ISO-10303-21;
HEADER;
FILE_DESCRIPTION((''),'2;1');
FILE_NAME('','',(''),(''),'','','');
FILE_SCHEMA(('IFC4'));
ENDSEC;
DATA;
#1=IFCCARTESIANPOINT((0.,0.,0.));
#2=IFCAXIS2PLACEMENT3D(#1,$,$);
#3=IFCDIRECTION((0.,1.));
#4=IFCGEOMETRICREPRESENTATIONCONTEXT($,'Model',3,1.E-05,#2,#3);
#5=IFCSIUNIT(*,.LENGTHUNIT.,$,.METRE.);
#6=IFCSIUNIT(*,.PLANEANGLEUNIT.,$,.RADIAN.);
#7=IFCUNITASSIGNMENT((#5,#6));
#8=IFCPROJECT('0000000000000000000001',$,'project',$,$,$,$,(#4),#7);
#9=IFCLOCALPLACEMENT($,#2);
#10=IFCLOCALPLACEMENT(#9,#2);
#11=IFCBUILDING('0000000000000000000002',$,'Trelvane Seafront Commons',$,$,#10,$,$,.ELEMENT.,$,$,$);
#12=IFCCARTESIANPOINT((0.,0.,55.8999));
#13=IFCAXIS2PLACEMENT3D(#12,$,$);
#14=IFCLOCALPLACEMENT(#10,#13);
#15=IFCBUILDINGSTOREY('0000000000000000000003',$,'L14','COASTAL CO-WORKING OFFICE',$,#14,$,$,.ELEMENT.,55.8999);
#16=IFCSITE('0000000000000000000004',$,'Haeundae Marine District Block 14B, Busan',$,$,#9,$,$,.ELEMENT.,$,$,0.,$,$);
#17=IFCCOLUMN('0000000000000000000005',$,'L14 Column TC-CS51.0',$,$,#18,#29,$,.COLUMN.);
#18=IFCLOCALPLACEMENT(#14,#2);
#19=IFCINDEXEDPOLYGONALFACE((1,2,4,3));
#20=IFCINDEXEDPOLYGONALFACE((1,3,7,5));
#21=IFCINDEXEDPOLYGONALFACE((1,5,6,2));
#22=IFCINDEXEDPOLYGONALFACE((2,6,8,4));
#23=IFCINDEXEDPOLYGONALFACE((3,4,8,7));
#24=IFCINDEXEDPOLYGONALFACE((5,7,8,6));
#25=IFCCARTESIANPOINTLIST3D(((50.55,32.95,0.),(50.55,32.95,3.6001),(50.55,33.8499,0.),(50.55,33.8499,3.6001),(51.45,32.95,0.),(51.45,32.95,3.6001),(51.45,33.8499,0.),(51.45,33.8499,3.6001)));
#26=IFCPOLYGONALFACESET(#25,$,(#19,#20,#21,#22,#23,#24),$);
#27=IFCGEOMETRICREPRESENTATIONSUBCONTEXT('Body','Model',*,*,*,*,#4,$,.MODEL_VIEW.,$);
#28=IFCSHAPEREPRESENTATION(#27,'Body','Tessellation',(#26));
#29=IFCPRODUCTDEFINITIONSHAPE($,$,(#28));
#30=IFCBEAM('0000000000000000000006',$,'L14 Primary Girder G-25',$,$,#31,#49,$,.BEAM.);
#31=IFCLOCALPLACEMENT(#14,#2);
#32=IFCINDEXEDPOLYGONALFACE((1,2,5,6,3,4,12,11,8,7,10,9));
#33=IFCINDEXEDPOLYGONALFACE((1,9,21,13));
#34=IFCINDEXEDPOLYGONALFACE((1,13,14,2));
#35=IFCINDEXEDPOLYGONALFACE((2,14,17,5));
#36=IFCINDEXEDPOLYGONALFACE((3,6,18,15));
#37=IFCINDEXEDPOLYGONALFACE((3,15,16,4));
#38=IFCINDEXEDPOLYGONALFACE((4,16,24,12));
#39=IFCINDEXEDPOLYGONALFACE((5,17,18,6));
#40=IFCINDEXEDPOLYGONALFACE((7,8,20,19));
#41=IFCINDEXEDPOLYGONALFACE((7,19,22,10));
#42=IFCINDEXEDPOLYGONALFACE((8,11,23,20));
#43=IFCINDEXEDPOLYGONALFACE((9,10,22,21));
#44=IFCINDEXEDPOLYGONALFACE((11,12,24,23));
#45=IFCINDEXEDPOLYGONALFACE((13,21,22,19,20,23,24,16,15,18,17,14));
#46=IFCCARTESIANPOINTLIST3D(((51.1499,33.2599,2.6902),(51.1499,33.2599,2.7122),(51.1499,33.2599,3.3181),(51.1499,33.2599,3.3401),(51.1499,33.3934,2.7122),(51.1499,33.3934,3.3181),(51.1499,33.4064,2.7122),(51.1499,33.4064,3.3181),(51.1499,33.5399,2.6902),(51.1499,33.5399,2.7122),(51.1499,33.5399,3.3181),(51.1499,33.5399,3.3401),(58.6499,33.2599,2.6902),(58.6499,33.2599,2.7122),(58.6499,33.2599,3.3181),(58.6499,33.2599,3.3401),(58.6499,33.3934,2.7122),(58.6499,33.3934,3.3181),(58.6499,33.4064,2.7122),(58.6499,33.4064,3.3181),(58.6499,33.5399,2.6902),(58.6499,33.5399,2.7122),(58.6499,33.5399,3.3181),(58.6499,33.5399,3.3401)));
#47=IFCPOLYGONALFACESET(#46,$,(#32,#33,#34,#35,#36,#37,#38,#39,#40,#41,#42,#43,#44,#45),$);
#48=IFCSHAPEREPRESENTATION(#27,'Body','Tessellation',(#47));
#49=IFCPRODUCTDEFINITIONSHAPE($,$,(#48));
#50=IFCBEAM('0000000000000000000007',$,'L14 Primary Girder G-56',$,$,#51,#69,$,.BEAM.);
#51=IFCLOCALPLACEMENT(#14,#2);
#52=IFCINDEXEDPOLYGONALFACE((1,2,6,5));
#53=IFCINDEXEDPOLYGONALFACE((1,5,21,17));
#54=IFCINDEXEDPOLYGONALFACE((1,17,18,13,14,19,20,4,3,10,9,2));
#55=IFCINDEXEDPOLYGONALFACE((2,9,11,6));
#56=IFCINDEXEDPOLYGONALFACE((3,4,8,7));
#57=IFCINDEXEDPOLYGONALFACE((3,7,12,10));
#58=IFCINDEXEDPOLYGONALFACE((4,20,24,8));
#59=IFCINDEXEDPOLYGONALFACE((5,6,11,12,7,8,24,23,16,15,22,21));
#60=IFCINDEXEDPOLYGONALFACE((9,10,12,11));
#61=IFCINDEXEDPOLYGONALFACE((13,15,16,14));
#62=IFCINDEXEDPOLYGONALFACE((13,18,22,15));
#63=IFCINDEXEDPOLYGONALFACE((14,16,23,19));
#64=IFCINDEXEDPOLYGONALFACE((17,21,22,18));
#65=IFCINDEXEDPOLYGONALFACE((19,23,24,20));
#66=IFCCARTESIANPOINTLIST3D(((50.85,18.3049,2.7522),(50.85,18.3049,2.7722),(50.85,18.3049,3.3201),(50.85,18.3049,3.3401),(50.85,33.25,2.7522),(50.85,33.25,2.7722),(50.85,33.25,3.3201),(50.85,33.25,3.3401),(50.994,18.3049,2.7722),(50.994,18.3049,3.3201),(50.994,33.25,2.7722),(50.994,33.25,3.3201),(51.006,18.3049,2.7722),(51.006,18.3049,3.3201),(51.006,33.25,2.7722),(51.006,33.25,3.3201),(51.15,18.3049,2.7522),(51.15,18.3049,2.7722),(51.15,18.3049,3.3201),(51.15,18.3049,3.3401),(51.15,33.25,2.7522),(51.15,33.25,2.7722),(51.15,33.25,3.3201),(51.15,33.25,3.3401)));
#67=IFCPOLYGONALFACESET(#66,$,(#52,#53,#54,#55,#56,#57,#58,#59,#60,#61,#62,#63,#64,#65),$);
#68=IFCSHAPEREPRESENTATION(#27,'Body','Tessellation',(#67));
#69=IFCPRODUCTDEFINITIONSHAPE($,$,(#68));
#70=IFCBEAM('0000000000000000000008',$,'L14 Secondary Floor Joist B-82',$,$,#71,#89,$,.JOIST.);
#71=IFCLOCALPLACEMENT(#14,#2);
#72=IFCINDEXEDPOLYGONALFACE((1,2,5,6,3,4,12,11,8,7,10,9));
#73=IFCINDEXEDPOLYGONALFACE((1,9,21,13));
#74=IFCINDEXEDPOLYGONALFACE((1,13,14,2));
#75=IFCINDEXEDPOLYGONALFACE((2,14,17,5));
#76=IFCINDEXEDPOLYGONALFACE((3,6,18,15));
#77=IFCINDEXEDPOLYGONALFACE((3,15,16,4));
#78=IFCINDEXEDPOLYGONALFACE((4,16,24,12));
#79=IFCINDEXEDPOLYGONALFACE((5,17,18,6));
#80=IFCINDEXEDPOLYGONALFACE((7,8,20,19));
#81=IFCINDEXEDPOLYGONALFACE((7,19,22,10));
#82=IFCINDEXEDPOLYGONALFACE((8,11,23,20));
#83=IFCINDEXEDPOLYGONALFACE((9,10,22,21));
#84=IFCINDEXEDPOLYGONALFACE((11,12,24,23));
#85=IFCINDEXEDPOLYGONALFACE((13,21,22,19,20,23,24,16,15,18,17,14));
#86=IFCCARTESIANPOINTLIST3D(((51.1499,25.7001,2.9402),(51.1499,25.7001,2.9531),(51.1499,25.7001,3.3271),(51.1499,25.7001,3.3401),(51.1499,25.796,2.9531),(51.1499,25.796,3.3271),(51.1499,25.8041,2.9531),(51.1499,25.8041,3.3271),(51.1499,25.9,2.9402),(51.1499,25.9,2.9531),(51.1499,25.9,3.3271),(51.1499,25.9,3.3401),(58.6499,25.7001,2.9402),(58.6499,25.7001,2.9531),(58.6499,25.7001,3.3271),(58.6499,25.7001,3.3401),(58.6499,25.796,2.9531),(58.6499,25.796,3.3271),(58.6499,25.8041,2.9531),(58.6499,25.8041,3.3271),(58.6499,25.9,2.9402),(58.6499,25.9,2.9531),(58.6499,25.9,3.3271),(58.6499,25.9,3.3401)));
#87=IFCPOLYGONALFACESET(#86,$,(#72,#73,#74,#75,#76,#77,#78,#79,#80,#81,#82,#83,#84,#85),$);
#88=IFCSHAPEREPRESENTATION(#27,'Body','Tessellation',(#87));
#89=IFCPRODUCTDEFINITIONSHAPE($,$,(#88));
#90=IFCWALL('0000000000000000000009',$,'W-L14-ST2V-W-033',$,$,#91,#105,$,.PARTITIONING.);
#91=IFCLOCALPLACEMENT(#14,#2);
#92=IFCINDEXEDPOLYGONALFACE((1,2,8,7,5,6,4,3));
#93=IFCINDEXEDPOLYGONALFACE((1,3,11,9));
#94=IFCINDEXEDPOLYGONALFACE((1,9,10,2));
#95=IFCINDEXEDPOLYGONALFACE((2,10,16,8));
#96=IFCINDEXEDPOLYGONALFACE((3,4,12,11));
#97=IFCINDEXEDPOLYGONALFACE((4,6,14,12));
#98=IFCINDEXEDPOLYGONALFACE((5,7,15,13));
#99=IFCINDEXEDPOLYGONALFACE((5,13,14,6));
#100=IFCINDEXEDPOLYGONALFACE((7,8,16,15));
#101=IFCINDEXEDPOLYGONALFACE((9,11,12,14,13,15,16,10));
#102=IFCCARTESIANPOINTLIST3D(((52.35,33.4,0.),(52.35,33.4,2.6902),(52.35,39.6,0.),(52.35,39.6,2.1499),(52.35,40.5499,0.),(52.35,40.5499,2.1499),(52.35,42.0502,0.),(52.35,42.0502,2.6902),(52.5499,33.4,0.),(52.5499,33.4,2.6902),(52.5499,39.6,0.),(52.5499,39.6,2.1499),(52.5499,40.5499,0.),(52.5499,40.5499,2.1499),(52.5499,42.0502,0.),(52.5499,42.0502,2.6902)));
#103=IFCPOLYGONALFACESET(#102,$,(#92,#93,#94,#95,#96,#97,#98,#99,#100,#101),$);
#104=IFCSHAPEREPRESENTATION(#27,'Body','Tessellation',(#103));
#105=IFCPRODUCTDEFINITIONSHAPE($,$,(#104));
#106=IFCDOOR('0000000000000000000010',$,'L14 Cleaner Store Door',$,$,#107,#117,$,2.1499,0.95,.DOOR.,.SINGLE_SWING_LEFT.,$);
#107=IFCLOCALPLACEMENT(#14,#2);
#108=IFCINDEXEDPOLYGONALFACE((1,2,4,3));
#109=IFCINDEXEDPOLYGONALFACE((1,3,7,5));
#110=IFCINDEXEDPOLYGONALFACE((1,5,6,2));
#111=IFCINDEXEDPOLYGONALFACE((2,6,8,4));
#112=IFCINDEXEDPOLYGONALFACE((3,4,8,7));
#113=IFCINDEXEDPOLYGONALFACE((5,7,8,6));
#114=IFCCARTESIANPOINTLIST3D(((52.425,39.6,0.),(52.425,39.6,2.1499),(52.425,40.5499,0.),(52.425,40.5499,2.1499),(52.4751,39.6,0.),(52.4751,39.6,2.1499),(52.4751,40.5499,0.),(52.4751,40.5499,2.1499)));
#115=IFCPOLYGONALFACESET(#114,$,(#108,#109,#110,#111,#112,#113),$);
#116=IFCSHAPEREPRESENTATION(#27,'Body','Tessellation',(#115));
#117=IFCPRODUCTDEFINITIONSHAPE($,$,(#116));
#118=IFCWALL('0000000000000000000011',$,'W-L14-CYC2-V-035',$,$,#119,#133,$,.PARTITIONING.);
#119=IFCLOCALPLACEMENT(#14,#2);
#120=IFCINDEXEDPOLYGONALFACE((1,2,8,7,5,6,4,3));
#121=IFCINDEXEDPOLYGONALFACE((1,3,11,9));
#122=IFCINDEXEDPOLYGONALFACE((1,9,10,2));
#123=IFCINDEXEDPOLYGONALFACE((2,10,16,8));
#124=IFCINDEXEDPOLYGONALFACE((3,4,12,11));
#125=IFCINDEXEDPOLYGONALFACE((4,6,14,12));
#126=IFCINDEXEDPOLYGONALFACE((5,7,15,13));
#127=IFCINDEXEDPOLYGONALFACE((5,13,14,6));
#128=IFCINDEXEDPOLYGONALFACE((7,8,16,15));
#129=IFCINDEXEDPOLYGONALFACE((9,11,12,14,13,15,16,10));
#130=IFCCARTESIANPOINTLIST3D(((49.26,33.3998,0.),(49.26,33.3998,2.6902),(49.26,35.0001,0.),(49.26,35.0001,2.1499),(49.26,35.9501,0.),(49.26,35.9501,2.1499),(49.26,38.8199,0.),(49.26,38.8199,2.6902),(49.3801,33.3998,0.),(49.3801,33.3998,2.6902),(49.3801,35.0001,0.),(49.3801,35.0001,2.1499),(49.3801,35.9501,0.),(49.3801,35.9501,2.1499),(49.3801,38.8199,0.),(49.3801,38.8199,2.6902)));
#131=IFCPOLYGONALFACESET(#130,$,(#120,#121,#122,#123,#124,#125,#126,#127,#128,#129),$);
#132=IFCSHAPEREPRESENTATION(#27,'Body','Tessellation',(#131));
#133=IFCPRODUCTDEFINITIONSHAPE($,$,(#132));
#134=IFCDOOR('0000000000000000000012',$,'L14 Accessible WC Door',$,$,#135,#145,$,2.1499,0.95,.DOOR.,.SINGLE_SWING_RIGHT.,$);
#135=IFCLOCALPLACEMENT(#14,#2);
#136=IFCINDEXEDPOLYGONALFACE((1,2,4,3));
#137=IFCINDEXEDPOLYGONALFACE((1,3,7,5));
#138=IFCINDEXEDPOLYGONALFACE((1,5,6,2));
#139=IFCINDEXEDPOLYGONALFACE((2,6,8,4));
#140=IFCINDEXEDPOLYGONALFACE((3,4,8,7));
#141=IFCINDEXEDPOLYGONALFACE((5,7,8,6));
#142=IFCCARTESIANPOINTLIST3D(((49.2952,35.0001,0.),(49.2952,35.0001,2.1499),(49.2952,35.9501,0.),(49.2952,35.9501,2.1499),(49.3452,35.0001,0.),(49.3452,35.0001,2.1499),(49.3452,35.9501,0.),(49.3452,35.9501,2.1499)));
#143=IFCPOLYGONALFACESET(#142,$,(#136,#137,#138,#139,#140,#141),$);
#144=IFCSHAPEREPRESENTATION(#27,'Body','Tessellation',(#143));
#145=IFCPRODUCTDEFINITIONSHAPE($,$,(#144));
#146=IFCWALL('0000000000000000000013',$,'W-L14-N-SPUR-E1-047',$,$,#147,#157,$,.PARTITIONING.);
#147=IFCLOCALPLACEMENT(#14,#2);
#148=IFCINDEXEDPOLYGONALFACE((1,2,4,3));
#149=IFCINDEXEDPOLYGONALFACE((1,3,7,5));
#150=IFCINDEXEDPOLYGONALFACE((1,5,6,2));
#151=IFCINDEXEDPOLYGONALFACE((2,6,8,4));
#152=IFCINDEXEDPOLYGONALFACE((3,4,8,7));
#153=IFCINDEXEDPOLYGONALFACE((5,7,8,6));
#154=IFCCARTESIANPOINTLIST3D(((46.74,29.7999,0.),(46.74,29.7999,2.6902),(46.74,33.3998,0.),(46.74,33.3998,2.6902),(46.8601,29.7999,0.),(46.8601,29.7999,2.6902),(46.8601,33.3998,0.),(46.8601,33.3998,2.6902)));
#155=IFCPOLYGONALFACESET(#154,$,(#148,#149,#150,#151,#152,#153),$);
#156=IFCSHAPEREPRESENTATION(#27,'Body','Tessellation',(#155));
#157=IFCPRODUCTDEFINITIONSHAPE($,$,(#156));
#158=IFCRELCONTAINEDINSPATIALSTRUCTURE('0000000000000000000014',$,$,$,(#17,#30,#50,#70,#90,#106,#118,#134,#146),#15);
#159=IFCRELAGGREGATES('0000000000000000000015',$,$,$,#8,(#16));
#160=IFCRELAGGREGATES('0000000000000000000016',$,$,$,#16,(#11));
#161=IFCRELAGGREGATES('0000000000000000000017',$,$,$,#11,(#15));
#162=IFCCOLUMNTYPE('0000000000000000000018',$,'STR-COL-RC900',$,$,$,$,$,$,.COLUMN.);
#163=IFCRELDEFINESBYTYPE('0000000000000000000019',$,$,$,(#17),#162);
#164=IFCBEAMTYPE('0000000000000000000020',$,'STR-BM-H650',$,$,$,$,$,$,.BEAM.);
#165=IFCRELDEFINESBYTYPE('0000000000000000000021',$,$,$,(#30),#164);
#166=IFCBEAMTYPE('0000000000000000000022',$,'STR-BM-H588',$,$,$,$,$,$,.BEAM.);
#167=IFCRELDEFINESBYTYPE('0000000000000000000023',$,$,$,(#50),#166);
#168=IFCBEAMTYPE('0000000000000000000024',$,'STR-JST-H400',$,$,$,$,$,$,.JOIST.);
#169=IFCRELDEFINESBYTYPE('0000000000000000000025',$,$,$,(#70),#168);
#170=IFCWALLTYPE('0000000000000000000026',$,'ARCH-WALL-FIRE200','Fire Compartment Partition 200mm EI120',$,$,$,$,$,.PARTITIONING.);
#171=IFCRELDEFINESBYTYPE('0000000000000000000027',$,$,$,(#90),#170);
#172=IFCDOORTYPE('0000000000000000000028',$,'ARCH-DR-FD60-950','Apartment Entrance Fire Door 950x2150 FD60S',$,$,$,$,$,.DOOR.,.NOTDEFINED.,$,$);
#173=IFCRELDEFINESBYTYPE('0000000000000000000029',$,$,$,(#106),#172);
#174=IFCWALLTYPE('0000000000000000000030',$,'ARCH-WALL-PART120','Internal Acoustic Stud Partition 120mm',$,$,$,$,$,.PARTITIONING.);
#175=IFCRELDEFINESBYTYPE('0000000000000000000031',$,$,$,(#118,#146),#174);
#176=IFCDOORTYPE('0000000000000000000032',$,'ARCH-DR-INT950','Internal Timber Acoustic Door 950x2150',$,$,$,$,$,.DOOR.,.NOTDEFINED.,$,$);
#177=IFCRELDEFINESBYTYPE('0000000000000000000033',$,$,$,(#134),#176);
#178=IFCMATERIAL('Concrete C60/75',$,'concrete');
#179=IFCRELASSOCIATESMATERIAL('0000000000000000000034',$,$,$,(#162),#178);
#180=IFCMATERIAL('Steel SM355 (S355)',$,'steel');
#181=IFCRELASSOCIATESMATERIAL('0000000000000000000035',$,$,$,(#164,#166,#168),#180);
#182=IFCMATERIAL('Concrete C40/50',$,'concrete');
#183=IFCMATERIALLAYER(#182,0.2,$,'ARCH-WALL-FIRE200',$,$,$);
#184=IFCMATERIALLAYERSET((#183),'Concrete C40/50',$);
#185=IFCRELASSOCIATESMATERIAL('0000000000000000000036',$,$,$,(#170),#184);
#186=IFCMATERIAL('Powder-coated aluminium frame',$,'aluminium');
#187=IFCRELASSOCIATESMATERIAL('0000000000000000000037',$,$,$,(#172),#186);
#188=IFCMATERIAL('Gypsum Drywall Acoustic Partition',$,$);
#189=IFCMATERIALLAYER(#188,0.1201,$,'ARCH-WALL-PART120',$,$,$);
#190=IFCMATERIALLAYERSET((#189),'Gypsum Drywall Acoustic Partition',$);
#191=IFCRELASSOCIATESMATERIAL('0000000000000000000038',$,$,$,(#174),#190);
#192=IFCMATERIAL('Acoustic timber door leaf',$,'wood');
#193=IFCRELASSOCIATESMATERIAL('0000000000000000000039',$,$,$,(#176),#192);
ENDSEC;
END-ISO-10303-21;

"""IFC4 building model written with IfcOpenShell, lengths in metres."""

from ifc_helpers import new_model, si_unit, direction, frame, frame_2d, origin, origin_2d, place, context, subcontext, project, spatial, rectangle, i_section, extrude, source, transform, mapped, material, layer, layer_set, material_profile, profile_set, type_object, element, fill, save


model = new_model("IFC4")

# Units and contexts
model_context = context("Model", 3, precision=1e-05, world=origin(), true_north=direction((0.0, 1.0)))
body_context = subcontext(model_context, "Body", "Model", "MODEL_VIEW")
ifc_project = project(units=[si_unit("LENGTHUNIT", "METRE"), si_unit("PLANEANGLEUNIT", "RADIAN")], contexts=[model_context])

# Site, building, storey
site_placement = place(None, origin())
site = spatial("IfcSite", under=ifc_project, at=site_placement, Name="Haeundae Marine District Block 14B, Busan", CompositionType="ELEMENT", RefElevation=0.0)
building_placement = place(site_placement, origin())
building = spatial("IfcBuilding", under=site, at=building_placement, Name="Trelvane Seafront Commons", CompositionType="ELEMENT")
storey_placement = place(building_placement, frame((0.0, 0.0, 55.8999)))
storey = spatial("IfcBuildingStorey", under=building, at=storey_placement, Name="L14", Description="COASTAL CO-WORKING OFFICE", CompositionType="ELEMENT", Elevation=55.8999)

# Column
ifc_material_1 = material(Name="Concrete C60/75", Category="concrete")
ifc_material_profile_1 = material_profile(ifc_material_1, rectangle(XDim=0.8999, YDim=0.8999, at=origin_2d()), Name="RC-900x900")
ifc_profile_set_1 = profile_set([ifc_material_profile_1], Name="Concrete C60/75")
column_type = type_object("IfcColumnType", Name="STR-COL-RC900", PredefinedType="COLUMN", material=ifc_profile_set_1)
shared_shape_1 = source(origin(), body_context, "Body", "SweptSolid", [
    extrude(rectangle(XDim=0.8999, YDim=0.8999, at=origin_2d()), origin(), (0.0, 0.0, 1.0), 3.6001),
])
column_placement = place(storey_placement, frame((51.0, 33.3999, 0.0), z_axis=(0.0, 0.0, 1.0), x_axis=(1.0, 0.0, 0.0)))
element("IfcColumn", 1, at=column_placement, inside=storey, type_object=column_type, Name="L14 Column TC-CS51.0", PredefinedType="COLUMN", context=body_context, shape_type="MappedRepresentation", body=[
    mapped(shared_shape_1, transform((0.0, 0.0, 0.0), x_axis=(1.0, 0.0, 0.0), y_axis=(0.0, 1.0, 0.0), z_axis=(0.0, 0.0, 1.0), scale=1.0)),
])

# Beams
ifc_material_2 = material(Name="Steel SM355 (S355)", Category="steel")
ifc_material_profile_2 = material_profile(ifc_material_2, i_section(OverallWidth=0.28, OverallDepth=0.6499, WebThickness=0.0129, FlangeThickness=0.022, at=origin_2d()), Name="H-650x280x13x22")
ifc_profile_set_2 = profile_set([ifc_material_profile_2], Name="Steel SM355 (S355)")
beam_type_1 = type_object("IfcBeamType", Name="STR-BM-H650", PredefinedType="BEAM", material=ifc_profile_set_2)
shared_shape_2 = source(origin(), body_context, "Body", "SweptSolid", [
    extrude(i_section(OverallWidth=0.28, OverallDepth=0.6499, WebThickness=0.0129, FlangeThickness=0.022, at=origin_2d()), origin(), (0.0, 0.0, 1.0), 7.5),
])
beam_1_placement = place(storey_placement, frame((51.1499, 33.3999, 3.0151), z_axis=(1.0, 0.0, 0.0), x_axis=(0.0, 1.0, 0.0)))
element("IfcBeam", 2, at=beam_1_placement, inside=storey, type_object=beam_type_1, Name="L14 Primary Girder G-25", PredefinedType="BEAM", context=body_context, shape_type="MappedRepresentation", body=[
    mapped(shared_shape_2, transform((0.0, 0.0, 0.0), x_axis=(1.0, 0.0, 0.0), y_axis=(0.0, 1.0, 0.0), z_axis=(0.0, 0.0, 1.0), scale=1.0)),
])
ifc_material_profile_3 = material_profile(ifc_material_2, i_section(OverallWidth=0.3, OverallDepth=0.5879, WebThickness=0.012, FlangeThickness=0.02, at=origin_2d()), Name="H-588x300x12x20")
ifc_profile_set_3 = profile_set([ifc_material_profile_3], Name="Steel SM355 (S355)")
beam_type_2 = type_object("IfcBeamType", Name="STR-BM-H588", PredefinedType="BEAM", material=ifc_profile_set_3)
shared_shape_3 = source(origin(), body_context, "Body", "SweptSolid", [
    extrude(i_section(OverallWidth=0.3, OverallDepth=0.5879, WebThickness=0.012, FlangeThickness=0.02, at=origin_2d()), origin(), (0.0, 0.0, 1.0), 14.9451),
])
beam_2_placement = place(storey_placement, frame((51.0, 18.3049, 3.0461), z_axis=(0.0, 1.0, 0.0), x_axis=(-1.0, 0.0, 0.0)))
element("IfcBeam", 3, at=beam_2_placement, inside=storey, type_object=beam_type_2, Name="L14 Primary Girder G-56", PredefinedType="BEAM", context=body_context, shape_type="MappedRepresentation", body=[
    mapped(shared_shape_3, transform((0.0, 0.0, 0.0), x_axis=(1.0, 0.0, 0.0), y_axis=(0.0, 1.0, 0.0), z_axis=(0.0, 0.0, 1.0), scale=1.0)),
])
ifc_material_profile_4 = material_profile(ifc_material_2, i_section(OverallWidth=0.2, OverallDepth=0.3999, WebThickness=0.0081, FlangeThickness=0.0129, at=origin_2d()), Name="H-400x200x8x13")
ifc_profile_set_4 = profile_set([ifc_material_profile_4], Name="Steel SM355 (S355)")
beam_type_3 = type_object("IfcBeamType", Name="STR-JST-H400", PredefinedType="JOIST", material=ifc_profile_set_4)
shared_shape_4 = source(origin(), body_context, "Body", "SweptSolid", [
    extrude(i_section(OverallWidth=0.2, OverallDepth=0.3999, WebThickness=0.0081, FlangeThickness=0.0129, at=origin_2d()), origin(), (0.0, 0.0, 1.0), 7.5),
])
beam_3_placement = place(storey_placement, frame((51.1499, 25.8, 3.1401), z_axis=(1.0, 0.0, 0.0), x_axis=(0.0, 1.0, 0.0)))
element("IfcBeam", 4, at=beam_3_placement, inside=storey, type_object=beam_type_3, Name="L14 Secondary Floor Joist B-82", PredefinedType="JOIST", context=body_context, shape_type="MappedRepresentation", body=[
    mapped(shared_shape_4, transform((0.0, 0.0, 0.0), x_axis=(1.0, 0.0, 0.0), y_axis=(0.0, 1.0, 0.0), z_axis=(0.0, 0.0, 1.0), scale=1.0)),
])

# Wall, opening, door
ifc_material_3 = material(Name="Concrete C40/50", Category="concrete")
ifc_layer_1 = layer(ifc_material_3, 0.2, Name="ARCH-WALL-FIRE200")
ifc_layer_set_1 = layer_set([ifc_layer_1], Name="Concrete C40/50")
wall_type_1 = type_object("IfcWallType", Name="ARCH-WALL-FIRE200", Description="Fire Compartment Partition 200mm EI120", PredefinedType="PARTITIONING", material=ifc_layer_set_1)
wall_1_placement = place(storey_placement, frame((52.45, 33.3999, 0.0), z_axis=(0.0, 0.0, 1.0), x_axis=(0.0, 1.0, 0.0)))
wall_1 = element("IfcWall", 5, at=wall_1_placement, inside=storey, type_object=wall_type_1, Name="W-L14-ST2V-W-033", PredefinedType="PARTITIONING", context=body_context, shape_type="SweptSolid", body=[
    extrude(rectangle(XDim=8.6501, YDim=0.2, at=frame_2d((4.3252, 0.0))), origin(), (0.0, 0.0, 1.0), 2.6902),
])
opening_1_placement = place(wall_1_placement, frame((6.2, 0.0, 0.0)))
opening_1 = element("IfcOpeningElement", 6, at=opening_1_placement, cuts=wall_1, PredefinedType="OPENING", context=body_context, shape_type="SweptSolid", body=[
    extrude(rectangle(XDim=0.95, YDim=2.1499, at=frame_2d((0.4751, 1.075))), frame((0.0, 0.1099, 0.0), z_axis=(0.0, -1.0, 0.0), x_axis=(1.0, 0.0, 0.0)), (0.0, 0.0, 1.0), 0.22),
])
ifc_material_4 = material(Name="Powder-coated aluminium frame", Category="aluminium")
door_type_1 = type_object("IfcDoorType", Name="ARCH-DR-FD60-950", Description="Apartment Entrance Fire Door 950x2150 FD60S", OperationType="NOTDEFINED", PredefinedType="DOOR", material=ifc_material_4)
shared_shape_5 = source(origin(), body_context, "Body", "SweptSolid", [
    extrude(rectangle(XDim=0.95, YDim=2.1499, at=frame_2d((0.4751, 1.075))), frame((0.0, 0.0249, 0.0), z_axis=(0.0, -1.0, 0.0), x_axis=(1.0, 0.0, 0.0)), (0.0, 0.0, 1.0), 0.05),
])
door_1_placement = place(opening_1_placement, origin())
door_1 = element("IfcDoor", 7, at=door_1_placement, inside=storey, type_object=door_type_1, Name="L14 Cleaner Store Door", OperationType="SINGLE_SWING_LEFT", OverallHeight=2.1499, OverallWidth=0.95, PredefinedType="DOOR", context=body_context, shape_type="MappedRepresentation", body=[
    mapped(shared_shape_5, transform((0.0, 0.0, 0.0), x_axis=(1.0, 0.0, 0.0), y_axis=(0.0, 1.0, 0.0), z_axis=(0.0, 0.0, 1.0), scale=1.0)),
])
fill(opening_1, door_1)

# Wall, opening, door
ifc_material_5 = material(Name="Gypsum Drywall Acoustic Partition")
ifc_layer_2 = layer(ifc_material_5, 0.1201, Name="ARCH-WALL-PART120")
ifc_layer_set_2 = layer_set([ifc_layer_2], Name="Gypsum Drywall Acoustic Partition")
wall_type_2 = type_object("IfcWallType", Name="ARCH-WALL-PART120", Description="Internal Acoustic Stud Partition 120mm", PredefinedType="PARTITIONING", material=ifc_layer_set_2)
wall_2_placement = place(storey_placement, frame((49.3201, 33.3999, 0.0), z_axis=(0.0, 0.0, 1.0), x_axis=(0.0, 1.0, 0.0)))
wall_2 = element("IfcWall", 8, at=wall_2_placement, inside=storey, type_object=wall_type_2, Name="W-L14-CYC2-V-035", PredefinedType="PARTITIONING", context=body_context, shape_type="SweptSolid", body=[
    extrude(rectangle(XDim=5.4202, YDim=0.1201, at=frame_2d((2.71, 0.0))), origin(), (0.0, 0.0, 1.0), 2.6902),
])
opening_2_placement = place(wall_2_placement, frame((1.6001, 0.0, 0.0)))
opening_2 = element("IfcOpeningElement", 9, at=opening_2_placement, cuts=wall_2, PredefinedType="OPENING", context=body_context, shape_type="SweptSolid", body=[
    extrude(rectangle(XDim=0.95, YDim=2.1499, at=frame_2d((0.4751, 1.075))), frame((0.0, 0.0701, 0.0), z_axis=(0.0, -1.0, 0.0), x_axis=(1.0, 0.0, 0.0)), (0.0, 0.0, 1.0), 0.1401),
])
ifc_material_6 = material(Name="Acoustic timber door leaf", Category="wood")
door_type_2 = type_object("IfcDoorType", Name="ARCH-DR-INT950", Description="Internal Timber Acoustic Door 950x2150", OperationType="NOTDEFINED", PredefinedType="DOOR", material=ifc_material_6)
door_2_placement = place(opening_2_placement, origin())
door_2 = element("IfcDoor", 10, at=door_2_placement, inside=storey, type_object=door_type_2, Name="L14 Accessible WC Door", OperationType="SINGLE_SWING_RIGHT", OverallHeight=2.1499, OverallWidth=0.95, PredefinedType="DOOR", context=body_context, shape_type="MappedRepresentation", body=[
    mapped(shared_shape_5, transform((0.0, 0.0, 0.0), x_axis=(1.0, 0.0, 0.0), y_axis=(0.0, 1.0, 0.0), z_axis=(0.0, 0.0, 1.0), scale=1.0)),
])
fill(opening_2, door_2)

# Wall
wall_3_placement = place(storey_placement, frame((46.8, 29.8, 0.0), z_axis=(0.0, 0.0, 1.0), x_axis=(0.0, 1.0, 0.0)))
element("IfcWall", 11, at=wall_3_placement, inside=storey, type_object=wall_type_2, Name="W-L14-N-SPUR-E1-047", PredefinedType="PARTITIONING", context=body_context, shape_type="SweptSolid", body=[
    extrude(rectangle(XDim=3.5999, YDim=0.1201, at=frame_2d((1.7998, 0.0))), origin(), (0.0, 0.0, 1.0), 2.6902),
])

save(model, "model.ifc")
